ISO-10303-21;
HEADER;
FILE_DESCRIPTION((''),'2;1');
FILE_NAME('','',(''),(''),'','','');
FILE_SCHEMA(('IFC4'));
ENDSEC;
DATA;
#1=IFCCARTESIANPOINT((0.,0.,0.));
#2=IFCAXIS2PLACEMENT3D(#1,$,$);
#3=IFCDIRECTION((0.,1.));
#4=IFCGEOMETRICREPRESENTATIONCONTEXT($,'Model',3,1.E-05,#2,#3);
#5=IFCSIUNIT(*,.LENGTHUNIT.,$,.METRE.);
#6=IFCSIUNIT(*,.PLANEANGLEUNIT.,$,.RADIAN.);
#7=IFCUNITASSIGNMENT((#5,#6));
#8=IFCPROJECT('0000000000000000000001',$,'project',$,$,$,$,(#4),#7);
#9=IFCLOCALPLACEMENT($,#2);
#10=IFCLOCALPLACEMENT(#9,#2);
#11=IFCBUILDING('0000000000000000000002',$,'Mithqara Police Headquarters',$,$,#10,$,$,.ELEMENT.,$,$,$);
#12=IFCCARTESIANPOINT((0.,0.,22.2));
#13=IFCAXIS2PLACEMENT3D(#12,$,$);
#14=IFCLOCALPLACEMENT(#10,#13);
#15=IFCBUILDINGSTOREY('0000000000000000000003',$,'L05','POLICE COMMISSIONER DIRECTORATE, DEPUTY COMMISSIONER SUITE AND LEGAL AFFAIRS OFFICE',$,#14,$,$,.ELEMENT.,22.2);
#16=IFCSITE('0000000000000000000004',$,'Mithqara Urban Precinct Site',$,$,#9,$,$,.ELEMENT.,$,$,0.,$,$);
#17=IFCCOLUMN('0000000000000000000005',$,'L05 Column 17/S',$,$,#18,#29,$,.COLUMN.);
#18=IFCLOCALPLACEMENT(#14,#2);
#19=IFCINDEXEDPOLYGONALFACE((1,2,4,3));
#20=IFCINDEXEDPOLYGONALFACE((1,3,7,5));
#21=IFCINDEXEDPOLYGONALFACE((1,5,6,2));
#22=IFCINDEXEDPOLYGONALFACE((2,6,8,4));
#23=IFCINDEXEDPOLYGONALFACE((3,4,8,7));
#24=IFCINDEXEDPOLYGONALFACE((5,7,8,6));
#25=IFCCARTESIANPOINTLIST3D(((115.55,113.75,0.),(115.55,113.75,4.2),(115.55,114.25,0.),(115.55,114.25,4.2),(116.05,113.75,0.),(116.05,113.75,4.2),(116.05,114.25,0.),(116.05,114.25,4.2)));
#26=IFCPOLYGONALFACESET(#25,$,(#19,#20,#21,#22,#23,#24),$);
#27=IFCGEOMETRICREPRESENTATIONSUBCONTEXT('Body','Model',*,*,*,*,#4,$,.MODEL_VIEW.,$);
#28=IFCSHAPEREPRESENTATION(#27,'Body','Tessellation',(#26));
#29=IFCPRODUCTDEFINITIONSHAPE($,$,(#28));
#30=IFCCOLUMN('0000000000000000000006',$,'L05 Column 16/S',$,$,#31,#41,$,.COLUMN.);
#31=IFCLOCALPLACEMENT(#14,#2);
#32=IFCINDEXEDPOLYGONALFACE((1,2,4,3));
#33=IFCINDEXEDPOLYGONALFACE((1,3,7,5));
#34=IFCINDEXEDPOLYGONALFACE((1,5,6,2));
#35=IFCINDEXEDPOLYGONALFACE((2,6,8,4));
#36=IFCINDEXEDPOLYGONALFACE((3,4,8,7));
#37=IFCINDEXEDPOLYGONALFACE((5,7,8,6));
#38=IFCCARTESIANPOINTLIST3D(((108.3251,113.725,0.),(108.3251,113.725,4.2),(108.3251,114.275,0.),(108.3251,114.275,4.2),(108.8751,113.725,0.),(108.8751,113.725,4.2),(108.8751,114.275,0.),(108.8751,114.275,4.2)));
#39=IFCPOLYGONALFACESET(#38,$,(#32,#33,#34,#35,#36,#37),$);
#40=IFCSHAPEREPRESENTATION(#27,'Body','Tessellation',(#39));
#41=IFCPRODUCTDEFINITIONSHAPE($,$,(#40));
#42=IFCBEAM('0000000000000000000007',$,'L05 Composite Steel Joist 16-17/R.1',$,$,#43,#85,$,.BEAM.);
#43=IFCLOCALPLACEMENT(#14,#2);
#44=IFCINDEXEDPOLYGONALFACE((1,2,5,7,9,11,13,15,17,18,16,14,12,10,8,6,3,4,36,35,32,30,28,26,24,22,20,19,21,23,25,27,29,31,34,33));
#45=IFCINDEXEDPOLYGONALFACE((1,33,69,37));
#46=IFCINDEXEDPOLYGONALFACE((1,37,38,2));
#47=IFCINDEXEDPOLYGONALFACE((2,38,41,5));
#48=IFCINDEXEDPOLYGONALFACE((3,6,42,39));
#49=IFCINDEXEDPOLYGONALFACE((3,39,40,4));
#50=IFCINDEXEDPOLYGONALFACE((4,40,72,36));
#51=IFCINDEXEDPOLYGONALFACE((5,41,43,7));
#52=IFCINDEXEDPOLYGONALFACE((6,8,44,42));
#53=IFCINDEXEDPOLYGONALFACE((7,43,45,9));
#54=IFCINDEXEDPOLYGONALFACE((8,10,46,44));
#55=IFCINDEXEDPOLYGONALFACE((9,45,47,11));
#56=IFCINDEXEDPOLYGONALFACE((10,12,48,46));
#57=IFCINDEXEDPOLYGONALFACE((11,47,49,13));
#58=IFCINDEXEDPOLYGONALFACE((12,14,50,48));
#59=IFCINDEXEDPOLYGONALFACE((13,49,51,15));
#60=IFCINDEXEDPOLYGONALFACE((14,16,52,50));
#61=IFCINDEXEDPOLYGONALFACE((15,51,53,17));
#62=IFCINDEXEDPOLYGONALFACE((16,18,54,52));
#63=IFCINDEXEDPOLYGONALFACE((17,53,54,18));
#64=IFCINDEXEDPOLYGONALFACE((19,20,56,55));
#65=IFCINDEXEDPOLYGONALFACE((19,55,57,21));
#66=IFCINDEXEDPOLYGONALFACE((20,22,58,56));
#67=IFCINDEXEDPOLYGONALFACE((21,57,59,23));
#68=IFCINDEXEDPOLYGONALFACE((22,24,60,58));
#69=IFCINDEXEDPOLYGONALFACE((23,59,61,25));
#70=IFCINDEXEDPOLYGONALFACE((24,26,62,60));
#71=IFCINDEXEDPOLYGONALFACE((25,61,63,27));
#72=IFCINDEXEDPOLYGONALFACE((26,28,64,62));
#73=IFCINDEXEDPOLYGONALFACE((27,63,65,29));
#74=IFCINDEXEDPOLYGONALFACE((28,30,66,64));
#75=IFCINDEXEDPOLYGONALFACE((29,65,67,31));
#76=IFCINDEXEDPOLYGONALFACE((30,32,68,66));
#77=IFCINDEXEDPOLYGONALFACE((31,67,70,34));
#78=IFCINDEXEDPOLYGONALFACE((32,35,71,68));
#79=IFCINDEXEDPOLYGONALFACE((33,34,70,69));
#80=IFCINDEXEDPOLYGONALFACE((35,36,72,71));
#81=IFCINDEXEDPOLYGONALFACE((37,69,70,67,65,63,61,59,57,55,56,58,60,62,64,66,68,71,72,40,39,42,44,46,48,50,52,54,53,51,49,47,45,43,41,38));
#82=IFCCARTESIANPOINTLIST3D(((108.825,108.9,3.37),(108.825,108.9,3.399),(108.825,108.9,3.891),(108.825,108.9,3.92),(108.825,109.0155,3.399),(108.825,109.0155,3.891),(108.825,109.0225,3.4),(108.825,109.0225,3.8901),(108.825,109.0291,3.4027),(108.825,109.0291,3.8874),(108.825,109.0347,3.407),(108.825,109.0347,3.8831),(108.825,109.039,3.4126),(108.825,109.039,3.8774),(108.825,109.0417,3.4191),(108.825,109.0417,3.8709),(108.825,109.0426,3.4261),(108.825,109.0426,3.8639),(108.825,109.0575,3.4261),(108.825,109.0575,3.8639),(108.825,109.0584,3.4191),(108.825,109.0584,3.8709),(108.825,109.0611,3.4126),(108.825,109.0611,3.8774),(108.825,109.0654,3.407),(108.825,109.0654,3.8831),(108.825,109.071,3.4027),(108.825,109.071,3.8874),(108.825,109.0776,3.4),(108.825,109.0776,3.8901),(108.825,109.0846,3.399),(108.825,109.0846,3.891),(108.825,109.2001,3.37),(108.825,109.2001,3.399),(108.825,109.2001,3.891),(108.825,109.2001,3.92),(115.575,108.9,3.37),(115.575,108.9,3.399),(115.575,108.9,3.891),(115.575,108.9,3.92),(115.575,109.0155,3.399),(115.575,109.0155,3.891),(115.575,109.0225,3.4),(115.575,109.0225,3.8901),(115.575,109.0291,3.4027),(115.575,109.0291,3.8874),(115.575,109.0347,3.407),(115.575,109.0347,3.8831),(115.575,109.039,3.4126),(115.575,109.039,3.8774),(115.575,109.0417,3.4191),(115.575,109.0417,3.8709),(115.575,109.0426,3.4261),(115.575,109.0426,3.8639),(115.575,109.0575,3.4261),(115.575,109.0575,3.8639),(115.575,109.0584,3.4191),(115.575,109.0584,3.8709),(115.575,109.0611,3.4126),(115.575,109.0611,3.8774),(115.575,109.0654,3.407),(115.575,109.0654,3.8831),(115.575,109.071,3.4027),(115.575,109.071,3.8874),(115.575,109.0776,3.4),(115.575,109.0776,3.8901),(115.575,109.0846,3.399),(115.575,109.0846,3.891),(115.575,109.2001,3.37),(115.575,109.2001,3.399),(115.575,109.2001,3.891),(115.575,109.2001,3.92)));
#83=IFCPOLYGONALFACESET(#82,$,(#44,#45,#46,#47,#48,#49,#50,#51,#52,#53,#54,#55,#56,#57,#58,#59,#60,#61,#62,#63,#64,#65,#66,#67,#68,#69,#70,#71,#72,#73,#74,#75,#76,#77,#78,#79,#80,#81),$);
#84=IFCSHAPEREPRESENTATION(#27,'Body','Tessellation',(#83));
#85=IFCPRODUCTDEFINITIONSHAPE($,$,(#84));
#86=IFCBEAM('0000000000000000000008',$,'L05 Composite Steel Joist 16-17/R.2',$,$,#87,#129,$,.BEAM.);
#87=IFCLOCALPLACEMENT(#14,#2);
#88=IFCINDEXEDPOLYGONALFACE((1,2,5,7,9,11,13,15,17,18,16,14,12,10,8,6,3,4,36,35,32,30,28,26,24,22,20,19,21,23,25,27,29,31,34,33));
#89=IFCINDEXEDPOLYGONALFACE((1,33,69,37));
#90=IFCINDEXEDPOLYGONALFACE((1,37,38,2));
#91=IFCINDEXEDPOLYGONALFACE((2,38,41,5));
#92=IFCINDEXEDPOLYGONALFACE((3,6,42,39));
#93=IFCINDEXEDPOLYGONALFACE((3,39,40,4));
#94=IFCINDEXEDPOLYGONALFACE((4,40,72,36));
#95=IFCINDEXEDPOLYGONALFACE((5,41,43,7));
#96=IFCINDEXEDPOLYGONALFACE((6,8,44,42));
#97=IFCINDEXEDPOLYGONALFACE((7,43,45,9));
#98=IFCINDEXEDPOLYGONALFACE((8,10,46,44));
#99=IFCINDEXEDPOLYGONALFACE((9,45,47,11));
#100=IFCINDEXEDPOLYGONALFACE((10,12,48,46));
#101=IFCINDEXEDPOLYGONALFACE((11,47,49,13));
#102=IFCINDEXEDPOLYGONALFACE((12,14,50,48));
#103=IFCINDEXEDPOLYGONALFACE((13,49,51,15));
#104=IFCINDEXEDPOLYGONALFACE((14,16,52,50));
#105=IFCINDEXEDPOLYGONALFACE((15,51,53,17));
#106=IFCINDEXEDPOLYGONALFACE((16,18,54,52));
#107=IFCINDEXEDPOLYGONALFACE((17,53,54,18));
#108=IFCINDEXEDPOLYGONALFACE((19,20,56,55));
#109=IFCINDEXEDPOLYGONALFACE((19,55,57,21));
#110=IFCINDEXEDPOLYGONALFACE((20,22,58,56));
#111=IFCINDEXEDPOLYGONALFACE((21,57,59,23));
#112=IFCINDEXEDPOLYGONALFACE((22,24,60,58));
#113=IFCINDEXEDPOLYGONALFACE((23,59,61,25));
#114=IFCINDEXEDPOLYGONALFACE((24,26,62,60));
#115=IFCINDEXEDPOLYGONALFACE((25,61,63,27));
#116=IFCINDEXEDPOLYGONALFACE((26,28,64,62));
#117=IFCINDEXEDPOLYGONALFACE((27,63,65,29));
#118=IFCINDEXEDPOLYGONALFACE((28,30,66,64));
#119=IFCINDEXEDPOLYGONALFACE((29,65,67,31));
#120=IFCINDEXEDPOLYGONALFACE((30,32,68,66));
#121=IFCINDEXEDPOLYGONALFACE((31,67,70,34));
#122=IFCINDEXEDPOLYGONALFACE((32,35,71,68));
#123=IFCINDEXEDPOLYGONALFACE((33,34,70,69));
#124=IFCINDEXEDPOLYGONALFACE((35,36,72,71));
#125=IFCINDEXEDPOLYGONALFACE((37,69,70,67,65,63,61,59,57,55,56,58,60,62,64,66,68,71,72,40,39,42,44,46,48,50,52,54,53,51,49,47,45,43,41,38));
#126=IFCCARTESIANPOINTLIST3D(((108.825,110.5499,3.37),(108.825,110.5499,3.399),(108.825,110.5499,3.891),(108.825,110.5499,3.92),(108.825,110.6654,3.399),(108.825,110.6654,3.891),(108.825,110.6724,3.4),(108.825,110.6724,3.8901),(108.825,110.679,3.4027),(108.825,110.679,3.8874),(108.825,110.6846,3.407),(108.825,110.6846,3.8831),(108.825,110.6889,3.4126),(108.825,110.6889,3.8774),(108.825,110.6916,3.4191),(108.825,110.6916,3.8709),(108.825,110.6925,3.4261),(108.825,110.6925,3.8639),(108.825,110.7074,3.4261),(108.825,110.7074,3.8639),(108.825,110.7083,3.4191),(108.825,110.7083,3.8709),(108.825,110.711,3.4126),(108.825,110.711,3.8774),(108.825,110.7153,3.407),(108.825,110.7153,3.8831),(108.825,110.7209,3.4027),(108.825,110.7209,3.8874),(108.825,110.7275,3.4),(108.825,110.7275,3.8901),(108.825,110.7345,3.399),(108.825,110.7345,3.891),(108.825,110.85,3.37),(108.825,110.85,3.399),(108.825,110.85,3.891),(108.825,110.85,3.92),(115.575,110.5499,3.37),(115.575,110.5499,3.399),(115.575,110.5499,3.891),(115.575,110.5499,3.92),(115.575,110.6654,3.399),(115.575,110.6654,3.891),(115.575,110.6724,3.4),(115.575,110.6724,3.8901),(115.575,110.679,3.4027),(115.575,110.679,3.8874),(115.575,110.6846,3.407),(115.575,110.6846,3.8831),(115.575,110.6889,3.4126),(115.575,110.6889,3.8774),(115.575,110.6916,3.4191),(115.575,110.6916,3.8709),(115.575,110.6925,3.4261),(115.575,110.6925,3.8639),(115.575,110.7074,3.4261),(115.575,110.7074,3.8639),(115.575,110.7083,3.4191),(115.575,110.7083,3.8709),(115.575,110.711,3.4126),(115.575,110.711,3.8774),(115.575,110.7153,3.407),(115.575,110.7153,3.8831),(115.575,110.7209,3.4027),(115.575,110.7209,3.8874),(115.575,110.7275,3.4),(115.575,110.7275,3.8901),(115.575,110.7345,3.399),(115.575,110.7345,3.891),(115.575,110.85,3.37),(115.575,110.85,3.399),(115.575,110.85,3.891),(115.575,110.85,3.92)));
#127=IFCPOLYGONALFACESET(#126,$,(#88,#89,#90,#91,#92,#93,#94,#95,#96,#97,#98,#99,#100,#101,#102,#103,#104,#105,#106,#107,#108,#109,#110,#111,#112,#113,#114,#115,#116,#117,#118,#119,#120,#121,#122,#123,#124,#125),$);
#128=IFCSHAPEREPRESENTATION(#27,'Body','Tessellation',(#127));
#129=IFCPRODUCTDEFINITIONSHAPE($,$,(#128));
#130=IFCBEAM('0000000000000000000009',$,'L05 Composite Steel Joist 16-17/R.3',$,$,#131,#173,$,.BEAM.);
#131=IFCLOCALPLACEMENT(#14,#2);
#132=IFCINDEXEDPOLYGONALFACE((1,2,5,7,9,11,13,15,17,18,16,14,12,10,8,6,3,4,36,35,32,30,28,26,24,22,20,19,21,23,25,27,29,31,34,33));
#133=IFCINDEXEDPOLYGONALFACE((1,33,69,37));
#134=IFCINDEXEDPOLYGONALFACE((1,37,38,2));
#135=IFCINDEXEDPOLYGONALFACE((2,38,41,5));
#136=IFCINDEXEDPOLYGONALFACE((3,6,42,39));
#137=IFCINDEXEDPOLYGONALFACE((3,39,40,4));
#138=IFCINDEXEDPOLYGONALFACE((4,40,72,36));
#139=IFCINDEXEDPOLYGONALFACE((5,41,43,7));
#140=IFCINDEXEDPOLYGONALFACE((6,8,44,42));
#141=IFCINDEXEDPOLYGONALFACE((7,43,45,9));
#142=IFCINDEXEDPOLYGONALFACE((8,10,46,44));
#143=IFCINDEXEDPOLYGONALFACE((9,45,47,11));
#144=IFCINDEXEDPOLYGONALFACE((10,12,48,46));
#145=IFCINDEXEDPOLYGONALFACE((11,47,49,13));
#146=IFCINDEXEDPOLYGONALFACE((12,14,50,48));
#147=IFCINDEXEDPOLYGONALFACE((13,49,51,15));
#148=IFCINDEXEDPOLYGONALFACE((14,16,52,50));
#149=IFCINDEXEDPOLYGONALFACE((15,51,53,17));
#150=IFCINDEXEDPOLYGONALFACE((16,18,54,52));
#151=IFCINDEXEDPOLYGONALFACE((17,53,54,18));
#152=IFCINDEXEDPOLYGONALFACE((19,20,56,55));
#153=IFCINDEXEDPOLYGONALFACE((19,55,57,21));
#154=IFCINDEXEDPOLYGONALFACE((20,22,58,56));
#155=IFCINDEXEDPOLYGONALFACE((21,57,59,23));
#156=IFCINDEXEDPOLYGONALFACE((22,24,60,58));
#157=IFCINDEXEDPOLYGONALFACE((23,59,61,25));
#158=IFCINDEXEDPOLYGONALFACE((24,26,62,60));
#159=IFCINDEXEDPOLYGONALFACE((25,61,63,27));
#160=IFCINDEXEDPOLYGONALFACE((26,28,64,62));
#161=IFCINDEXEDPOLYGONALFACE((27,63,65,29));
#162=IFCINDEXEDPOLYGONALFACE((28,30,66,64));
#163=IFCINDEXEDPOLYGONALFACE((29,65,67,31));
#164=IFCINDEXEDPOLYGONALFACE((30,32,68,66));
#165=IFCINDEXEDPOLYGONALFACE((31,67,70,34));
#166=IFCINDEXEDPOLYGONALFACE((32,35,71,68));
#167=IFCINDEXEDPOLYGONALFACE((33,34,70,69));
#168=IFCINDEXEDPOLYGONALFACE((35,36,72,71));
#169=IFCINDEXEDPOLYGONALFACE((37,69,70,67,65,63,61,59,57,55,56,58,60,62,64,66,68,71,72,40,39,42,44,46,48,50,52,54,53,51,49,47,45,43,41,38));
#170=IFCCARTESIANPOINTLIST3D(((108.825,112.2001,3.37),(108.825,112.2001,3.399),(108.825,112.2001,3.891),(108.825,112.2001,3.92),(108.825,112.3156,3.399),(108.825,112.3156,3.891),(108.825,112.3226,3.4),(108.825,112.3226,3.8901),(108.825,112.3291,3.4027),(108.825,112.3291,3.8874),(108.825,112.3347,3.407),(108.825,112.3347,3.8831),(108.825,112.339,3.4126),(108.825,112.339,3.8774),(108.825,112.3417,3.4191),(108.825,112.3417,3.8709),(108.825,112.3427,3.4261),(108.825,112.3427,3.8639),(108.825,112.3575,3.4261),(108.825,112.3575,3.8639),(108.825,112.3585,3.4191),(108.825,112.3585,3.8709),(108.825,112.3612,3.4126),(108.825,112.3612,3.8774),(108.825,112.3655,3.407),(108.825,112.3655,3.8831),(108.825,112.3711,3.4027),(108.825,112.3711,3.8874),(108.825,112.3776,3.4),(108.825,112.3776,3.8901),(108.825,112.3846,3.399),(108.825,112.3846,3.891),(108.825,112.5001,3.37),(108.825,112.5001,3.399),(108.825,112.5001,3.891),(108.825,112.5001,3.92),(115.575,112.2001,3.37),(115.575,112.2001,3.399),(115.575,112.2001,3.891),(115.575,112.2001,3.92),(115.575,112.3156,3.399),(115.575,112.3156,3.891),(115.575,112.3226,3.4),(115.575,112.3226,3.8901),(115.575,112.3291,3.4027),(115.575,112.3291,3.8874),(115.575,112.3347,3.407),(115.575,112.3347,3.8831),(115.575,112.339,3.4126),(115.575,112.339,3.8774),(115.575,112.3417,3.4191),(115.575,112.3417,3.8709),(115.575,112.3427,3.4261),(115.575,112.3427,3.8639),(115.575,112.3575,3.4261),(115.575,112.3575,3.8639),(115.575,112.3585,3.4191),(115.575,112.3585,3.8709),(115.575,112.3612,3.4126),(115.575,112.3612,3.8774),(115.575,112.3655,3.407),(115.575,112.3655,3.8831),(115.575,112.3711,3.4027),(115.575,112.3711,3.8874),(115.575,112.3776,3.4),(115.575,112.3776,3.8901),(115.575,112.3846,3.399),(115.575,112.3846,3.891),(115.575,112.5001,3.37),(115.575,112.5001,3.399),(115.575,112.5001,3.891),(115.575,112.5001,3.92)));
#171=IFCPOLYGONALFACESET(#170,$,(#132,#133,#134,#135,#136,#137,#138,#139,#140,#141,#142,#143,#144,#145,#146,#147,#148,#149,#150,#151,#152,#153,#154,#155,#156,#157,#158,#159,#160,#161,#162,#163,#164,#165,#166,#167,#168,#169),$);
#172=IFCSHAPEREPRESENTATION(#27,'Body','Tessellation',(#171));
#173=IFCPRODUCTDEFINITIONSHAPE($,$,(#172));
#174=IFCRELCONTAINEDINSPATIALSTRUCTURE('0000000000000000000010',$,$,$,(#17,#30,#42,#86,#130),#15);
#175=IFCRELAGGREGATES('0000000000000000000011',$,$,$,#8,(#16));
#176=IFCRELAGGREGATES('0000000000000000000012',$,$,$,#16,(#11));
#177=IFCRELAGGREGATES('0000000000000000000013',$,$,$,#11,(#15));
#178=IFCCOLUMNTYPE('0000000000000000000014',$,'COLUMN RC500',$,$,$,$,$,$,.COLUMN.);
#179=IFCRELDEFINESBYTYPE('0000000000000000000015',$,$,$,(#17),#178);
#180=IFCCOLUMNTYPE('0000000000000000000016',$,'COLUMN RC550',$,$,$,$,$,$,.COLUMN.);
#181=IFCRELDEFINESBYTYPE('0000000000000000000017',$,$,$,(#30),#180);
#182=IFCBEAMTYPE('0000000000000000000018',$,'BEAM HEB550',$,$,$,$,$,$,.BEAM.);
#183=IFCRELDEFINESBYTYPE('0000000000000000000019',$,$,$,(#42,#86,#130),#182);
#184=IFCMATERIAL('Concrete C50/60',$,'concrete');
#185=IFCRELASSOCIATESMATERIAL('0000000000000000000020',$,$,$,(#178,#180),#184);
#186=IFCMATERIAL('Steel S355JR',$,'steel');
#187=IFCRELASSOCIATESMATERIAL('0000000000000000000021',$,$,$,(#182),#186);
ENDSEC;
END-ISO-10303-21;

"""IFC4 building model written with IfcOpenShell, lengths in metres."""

from ifc_helpers import new_model, si_unit, direction, frame, origin, origin_2d, place, context, subcontext, project, spatial, rectangle, i_section, extrude, material, material_profile, profile_set, type_object, element, save


model = new_model("IFC4")

# Units and contexts
model_context = context("Model", 3, precision=1e-05, world=origin(), true_north=direction((0.0, 1.0)))
body_context = subcontext(model_context, "Body", "Model", "MODEL_VIEW")
ifc_project = project(units=[si_unit("LENGTHUNIT", "METRE"), si_unit("PLANEANGLEUNIT", "RADIAN")], contexts=[model_context])

# Site, building, storey
site_placement = place(None, origin())
site = spatial("IfcSite", under=ifc_project, at=site_placement, Name="Mithqara Urban Precinct Site", CompositionType="ELEMENT", RefElevation=0.0)
building_placement = place(site_placement, origin())
building = spatial("IfcBuilding", under=site, at=building_placement, Name="Mithqara Police Headquarters", CompositionType="ELEMENT")
storey_placement = place(building_placement, frame((0.0, 0.0, 22.2)))
storey = spatial("IfcBuildingStorey", under=building, at=storey_placement, Name="L05", Description="POLICE COMMISSIONER DIRECTORATE, DEPUTY COMMISSIONER SUITE AND LEGAL AFFAIRS OFFICE", CompositionType="ELEMENT", Elevation=22.2)

# Columns
ifc_material_1 = material(Name="Concrete C50/60", Category="concrete")
ifc_material_profile_1 = material_profile(ifc_material_1, rectangle(XDim=0.5, YDim=0.5, at=origin_2d()), Name="RC 500x500")
ifc_profile_set_1 = profile_set([ifc_material_profile_1], Name="Concrete C50/60")
column_type_1 = type_object("IfcColumnType", Name="COLUMN RC500", PredefinedType="COLUMN", material=ifc_profile_set_1)
column_1_placement = place(storey_placement, frame((115.8, 114.0, 0.0), z_axis=(0.0, 0.0, 1.0), x_axis=(1.0, 0.0, 0.0)))
element("IfcColumn", 1, at=column_1_placement, inside=storey, type_object=column_type_1, Name="L05 Column 17/S", PredefinedType="COLUMN", context=body_context, shape_type="SweptSolid", body=[
    extrude(rectangle(XDim=0.5, YDim=0.5, at=origin_2d()), origin(), (0.0, 0.0, 1.0), 4.2),
])
ifc_material_profile_2 = material_profile(ifc_material_1, rectangle(XDim=0.55, YDim=0.55, at=origin_2d()), Name="RC 550x550")
ifc_profile_set_2 = profile_set([ifc_material_profile_2], Name="Concrete C50/60")
column_type_2 = type_object("IfcColumnType", Name="COLUMN RC550", PredefinedType="COLUMN", material=ifc_profile_set_2)
column_2_placement = place(storey_placement, frame((108.6001, 114.0, 0.0), z_axis=(0.0, 0.0, 1.0), x_axis=(1.0, 0.0, 0.0)))
element("IfcColumn", 2, at=column_2_placement, inside=storey, type_object=column_type_2, Name="L05 Column 16/S", PredefinedType="COLUMN", context=body_context, shape_type="SweptSolid", body=[
    extrude(rectangle(XDim=0.55, YDim=0.55, at=origin_2d()), origin(), (0.0, 0.0, 1.0), 4.2),
])

# Beams
ifc_material_2 = material(Name="Steel S355JR", Category="steel")
ifc_material_profile_3 = material_profile(ifc_material_2, i_section(OverallWidth=0.3, OverallDepth=0.55, WebThickness=0.0149, FlangeThickness=0.0291, FilletRadius=0.0271, at=origin_2d()), Name="HEB 550")
ifc_profile_set_3 = profile_set([ifc_material_profile_3], Name="Steel S355JR")
beam_type_1 = type_object("IfcBeamType", Name="BEAM HEB550", PredefinedType="BEAM", material=ifc_profile_set_3)
for number, where, z_axis, x_axis, name in (
    (3, (108.825, 109.05, 3.645), (1.0, 0.0, 0.0), (0.0, 1.0, 0.0), "L05 Composite Steel Joist 16-17/R.1"),
    (4, (108.825, 110.7, 3.645), (1.0, 0.0, 0.0), (0.0, 1.0, 0.0), "L05 Composite Steel Joist 16-17/R.2"),
    (5, (108.825, 112.3501, 3.645), (1.0, 0.0, 0.0), (0.0, 1.0, 0.0), "L05 Composite Steel Joist 16-17/R.3"),
):
    element("IfcBeam", number, at=place(storey_placement, frame(where, z_axis=z_axis, x_axis=x_axis)), inside=storey, type_object=beam_type_1, Name=name, PredefinedType="BEAM", context=body_context, shape_type="SweptSolid", body=[
        extrude(i_section(OverallWidth=0.3, OverallDepth=0.55, WebThickness=0.0149, FlangeThickness=0.0291, FilletRadius=0.0271, at=origin_2d()), origin(), (0.0, 0.0, 1.0), 6.75),
    ])

save(model, "model.ifc")
